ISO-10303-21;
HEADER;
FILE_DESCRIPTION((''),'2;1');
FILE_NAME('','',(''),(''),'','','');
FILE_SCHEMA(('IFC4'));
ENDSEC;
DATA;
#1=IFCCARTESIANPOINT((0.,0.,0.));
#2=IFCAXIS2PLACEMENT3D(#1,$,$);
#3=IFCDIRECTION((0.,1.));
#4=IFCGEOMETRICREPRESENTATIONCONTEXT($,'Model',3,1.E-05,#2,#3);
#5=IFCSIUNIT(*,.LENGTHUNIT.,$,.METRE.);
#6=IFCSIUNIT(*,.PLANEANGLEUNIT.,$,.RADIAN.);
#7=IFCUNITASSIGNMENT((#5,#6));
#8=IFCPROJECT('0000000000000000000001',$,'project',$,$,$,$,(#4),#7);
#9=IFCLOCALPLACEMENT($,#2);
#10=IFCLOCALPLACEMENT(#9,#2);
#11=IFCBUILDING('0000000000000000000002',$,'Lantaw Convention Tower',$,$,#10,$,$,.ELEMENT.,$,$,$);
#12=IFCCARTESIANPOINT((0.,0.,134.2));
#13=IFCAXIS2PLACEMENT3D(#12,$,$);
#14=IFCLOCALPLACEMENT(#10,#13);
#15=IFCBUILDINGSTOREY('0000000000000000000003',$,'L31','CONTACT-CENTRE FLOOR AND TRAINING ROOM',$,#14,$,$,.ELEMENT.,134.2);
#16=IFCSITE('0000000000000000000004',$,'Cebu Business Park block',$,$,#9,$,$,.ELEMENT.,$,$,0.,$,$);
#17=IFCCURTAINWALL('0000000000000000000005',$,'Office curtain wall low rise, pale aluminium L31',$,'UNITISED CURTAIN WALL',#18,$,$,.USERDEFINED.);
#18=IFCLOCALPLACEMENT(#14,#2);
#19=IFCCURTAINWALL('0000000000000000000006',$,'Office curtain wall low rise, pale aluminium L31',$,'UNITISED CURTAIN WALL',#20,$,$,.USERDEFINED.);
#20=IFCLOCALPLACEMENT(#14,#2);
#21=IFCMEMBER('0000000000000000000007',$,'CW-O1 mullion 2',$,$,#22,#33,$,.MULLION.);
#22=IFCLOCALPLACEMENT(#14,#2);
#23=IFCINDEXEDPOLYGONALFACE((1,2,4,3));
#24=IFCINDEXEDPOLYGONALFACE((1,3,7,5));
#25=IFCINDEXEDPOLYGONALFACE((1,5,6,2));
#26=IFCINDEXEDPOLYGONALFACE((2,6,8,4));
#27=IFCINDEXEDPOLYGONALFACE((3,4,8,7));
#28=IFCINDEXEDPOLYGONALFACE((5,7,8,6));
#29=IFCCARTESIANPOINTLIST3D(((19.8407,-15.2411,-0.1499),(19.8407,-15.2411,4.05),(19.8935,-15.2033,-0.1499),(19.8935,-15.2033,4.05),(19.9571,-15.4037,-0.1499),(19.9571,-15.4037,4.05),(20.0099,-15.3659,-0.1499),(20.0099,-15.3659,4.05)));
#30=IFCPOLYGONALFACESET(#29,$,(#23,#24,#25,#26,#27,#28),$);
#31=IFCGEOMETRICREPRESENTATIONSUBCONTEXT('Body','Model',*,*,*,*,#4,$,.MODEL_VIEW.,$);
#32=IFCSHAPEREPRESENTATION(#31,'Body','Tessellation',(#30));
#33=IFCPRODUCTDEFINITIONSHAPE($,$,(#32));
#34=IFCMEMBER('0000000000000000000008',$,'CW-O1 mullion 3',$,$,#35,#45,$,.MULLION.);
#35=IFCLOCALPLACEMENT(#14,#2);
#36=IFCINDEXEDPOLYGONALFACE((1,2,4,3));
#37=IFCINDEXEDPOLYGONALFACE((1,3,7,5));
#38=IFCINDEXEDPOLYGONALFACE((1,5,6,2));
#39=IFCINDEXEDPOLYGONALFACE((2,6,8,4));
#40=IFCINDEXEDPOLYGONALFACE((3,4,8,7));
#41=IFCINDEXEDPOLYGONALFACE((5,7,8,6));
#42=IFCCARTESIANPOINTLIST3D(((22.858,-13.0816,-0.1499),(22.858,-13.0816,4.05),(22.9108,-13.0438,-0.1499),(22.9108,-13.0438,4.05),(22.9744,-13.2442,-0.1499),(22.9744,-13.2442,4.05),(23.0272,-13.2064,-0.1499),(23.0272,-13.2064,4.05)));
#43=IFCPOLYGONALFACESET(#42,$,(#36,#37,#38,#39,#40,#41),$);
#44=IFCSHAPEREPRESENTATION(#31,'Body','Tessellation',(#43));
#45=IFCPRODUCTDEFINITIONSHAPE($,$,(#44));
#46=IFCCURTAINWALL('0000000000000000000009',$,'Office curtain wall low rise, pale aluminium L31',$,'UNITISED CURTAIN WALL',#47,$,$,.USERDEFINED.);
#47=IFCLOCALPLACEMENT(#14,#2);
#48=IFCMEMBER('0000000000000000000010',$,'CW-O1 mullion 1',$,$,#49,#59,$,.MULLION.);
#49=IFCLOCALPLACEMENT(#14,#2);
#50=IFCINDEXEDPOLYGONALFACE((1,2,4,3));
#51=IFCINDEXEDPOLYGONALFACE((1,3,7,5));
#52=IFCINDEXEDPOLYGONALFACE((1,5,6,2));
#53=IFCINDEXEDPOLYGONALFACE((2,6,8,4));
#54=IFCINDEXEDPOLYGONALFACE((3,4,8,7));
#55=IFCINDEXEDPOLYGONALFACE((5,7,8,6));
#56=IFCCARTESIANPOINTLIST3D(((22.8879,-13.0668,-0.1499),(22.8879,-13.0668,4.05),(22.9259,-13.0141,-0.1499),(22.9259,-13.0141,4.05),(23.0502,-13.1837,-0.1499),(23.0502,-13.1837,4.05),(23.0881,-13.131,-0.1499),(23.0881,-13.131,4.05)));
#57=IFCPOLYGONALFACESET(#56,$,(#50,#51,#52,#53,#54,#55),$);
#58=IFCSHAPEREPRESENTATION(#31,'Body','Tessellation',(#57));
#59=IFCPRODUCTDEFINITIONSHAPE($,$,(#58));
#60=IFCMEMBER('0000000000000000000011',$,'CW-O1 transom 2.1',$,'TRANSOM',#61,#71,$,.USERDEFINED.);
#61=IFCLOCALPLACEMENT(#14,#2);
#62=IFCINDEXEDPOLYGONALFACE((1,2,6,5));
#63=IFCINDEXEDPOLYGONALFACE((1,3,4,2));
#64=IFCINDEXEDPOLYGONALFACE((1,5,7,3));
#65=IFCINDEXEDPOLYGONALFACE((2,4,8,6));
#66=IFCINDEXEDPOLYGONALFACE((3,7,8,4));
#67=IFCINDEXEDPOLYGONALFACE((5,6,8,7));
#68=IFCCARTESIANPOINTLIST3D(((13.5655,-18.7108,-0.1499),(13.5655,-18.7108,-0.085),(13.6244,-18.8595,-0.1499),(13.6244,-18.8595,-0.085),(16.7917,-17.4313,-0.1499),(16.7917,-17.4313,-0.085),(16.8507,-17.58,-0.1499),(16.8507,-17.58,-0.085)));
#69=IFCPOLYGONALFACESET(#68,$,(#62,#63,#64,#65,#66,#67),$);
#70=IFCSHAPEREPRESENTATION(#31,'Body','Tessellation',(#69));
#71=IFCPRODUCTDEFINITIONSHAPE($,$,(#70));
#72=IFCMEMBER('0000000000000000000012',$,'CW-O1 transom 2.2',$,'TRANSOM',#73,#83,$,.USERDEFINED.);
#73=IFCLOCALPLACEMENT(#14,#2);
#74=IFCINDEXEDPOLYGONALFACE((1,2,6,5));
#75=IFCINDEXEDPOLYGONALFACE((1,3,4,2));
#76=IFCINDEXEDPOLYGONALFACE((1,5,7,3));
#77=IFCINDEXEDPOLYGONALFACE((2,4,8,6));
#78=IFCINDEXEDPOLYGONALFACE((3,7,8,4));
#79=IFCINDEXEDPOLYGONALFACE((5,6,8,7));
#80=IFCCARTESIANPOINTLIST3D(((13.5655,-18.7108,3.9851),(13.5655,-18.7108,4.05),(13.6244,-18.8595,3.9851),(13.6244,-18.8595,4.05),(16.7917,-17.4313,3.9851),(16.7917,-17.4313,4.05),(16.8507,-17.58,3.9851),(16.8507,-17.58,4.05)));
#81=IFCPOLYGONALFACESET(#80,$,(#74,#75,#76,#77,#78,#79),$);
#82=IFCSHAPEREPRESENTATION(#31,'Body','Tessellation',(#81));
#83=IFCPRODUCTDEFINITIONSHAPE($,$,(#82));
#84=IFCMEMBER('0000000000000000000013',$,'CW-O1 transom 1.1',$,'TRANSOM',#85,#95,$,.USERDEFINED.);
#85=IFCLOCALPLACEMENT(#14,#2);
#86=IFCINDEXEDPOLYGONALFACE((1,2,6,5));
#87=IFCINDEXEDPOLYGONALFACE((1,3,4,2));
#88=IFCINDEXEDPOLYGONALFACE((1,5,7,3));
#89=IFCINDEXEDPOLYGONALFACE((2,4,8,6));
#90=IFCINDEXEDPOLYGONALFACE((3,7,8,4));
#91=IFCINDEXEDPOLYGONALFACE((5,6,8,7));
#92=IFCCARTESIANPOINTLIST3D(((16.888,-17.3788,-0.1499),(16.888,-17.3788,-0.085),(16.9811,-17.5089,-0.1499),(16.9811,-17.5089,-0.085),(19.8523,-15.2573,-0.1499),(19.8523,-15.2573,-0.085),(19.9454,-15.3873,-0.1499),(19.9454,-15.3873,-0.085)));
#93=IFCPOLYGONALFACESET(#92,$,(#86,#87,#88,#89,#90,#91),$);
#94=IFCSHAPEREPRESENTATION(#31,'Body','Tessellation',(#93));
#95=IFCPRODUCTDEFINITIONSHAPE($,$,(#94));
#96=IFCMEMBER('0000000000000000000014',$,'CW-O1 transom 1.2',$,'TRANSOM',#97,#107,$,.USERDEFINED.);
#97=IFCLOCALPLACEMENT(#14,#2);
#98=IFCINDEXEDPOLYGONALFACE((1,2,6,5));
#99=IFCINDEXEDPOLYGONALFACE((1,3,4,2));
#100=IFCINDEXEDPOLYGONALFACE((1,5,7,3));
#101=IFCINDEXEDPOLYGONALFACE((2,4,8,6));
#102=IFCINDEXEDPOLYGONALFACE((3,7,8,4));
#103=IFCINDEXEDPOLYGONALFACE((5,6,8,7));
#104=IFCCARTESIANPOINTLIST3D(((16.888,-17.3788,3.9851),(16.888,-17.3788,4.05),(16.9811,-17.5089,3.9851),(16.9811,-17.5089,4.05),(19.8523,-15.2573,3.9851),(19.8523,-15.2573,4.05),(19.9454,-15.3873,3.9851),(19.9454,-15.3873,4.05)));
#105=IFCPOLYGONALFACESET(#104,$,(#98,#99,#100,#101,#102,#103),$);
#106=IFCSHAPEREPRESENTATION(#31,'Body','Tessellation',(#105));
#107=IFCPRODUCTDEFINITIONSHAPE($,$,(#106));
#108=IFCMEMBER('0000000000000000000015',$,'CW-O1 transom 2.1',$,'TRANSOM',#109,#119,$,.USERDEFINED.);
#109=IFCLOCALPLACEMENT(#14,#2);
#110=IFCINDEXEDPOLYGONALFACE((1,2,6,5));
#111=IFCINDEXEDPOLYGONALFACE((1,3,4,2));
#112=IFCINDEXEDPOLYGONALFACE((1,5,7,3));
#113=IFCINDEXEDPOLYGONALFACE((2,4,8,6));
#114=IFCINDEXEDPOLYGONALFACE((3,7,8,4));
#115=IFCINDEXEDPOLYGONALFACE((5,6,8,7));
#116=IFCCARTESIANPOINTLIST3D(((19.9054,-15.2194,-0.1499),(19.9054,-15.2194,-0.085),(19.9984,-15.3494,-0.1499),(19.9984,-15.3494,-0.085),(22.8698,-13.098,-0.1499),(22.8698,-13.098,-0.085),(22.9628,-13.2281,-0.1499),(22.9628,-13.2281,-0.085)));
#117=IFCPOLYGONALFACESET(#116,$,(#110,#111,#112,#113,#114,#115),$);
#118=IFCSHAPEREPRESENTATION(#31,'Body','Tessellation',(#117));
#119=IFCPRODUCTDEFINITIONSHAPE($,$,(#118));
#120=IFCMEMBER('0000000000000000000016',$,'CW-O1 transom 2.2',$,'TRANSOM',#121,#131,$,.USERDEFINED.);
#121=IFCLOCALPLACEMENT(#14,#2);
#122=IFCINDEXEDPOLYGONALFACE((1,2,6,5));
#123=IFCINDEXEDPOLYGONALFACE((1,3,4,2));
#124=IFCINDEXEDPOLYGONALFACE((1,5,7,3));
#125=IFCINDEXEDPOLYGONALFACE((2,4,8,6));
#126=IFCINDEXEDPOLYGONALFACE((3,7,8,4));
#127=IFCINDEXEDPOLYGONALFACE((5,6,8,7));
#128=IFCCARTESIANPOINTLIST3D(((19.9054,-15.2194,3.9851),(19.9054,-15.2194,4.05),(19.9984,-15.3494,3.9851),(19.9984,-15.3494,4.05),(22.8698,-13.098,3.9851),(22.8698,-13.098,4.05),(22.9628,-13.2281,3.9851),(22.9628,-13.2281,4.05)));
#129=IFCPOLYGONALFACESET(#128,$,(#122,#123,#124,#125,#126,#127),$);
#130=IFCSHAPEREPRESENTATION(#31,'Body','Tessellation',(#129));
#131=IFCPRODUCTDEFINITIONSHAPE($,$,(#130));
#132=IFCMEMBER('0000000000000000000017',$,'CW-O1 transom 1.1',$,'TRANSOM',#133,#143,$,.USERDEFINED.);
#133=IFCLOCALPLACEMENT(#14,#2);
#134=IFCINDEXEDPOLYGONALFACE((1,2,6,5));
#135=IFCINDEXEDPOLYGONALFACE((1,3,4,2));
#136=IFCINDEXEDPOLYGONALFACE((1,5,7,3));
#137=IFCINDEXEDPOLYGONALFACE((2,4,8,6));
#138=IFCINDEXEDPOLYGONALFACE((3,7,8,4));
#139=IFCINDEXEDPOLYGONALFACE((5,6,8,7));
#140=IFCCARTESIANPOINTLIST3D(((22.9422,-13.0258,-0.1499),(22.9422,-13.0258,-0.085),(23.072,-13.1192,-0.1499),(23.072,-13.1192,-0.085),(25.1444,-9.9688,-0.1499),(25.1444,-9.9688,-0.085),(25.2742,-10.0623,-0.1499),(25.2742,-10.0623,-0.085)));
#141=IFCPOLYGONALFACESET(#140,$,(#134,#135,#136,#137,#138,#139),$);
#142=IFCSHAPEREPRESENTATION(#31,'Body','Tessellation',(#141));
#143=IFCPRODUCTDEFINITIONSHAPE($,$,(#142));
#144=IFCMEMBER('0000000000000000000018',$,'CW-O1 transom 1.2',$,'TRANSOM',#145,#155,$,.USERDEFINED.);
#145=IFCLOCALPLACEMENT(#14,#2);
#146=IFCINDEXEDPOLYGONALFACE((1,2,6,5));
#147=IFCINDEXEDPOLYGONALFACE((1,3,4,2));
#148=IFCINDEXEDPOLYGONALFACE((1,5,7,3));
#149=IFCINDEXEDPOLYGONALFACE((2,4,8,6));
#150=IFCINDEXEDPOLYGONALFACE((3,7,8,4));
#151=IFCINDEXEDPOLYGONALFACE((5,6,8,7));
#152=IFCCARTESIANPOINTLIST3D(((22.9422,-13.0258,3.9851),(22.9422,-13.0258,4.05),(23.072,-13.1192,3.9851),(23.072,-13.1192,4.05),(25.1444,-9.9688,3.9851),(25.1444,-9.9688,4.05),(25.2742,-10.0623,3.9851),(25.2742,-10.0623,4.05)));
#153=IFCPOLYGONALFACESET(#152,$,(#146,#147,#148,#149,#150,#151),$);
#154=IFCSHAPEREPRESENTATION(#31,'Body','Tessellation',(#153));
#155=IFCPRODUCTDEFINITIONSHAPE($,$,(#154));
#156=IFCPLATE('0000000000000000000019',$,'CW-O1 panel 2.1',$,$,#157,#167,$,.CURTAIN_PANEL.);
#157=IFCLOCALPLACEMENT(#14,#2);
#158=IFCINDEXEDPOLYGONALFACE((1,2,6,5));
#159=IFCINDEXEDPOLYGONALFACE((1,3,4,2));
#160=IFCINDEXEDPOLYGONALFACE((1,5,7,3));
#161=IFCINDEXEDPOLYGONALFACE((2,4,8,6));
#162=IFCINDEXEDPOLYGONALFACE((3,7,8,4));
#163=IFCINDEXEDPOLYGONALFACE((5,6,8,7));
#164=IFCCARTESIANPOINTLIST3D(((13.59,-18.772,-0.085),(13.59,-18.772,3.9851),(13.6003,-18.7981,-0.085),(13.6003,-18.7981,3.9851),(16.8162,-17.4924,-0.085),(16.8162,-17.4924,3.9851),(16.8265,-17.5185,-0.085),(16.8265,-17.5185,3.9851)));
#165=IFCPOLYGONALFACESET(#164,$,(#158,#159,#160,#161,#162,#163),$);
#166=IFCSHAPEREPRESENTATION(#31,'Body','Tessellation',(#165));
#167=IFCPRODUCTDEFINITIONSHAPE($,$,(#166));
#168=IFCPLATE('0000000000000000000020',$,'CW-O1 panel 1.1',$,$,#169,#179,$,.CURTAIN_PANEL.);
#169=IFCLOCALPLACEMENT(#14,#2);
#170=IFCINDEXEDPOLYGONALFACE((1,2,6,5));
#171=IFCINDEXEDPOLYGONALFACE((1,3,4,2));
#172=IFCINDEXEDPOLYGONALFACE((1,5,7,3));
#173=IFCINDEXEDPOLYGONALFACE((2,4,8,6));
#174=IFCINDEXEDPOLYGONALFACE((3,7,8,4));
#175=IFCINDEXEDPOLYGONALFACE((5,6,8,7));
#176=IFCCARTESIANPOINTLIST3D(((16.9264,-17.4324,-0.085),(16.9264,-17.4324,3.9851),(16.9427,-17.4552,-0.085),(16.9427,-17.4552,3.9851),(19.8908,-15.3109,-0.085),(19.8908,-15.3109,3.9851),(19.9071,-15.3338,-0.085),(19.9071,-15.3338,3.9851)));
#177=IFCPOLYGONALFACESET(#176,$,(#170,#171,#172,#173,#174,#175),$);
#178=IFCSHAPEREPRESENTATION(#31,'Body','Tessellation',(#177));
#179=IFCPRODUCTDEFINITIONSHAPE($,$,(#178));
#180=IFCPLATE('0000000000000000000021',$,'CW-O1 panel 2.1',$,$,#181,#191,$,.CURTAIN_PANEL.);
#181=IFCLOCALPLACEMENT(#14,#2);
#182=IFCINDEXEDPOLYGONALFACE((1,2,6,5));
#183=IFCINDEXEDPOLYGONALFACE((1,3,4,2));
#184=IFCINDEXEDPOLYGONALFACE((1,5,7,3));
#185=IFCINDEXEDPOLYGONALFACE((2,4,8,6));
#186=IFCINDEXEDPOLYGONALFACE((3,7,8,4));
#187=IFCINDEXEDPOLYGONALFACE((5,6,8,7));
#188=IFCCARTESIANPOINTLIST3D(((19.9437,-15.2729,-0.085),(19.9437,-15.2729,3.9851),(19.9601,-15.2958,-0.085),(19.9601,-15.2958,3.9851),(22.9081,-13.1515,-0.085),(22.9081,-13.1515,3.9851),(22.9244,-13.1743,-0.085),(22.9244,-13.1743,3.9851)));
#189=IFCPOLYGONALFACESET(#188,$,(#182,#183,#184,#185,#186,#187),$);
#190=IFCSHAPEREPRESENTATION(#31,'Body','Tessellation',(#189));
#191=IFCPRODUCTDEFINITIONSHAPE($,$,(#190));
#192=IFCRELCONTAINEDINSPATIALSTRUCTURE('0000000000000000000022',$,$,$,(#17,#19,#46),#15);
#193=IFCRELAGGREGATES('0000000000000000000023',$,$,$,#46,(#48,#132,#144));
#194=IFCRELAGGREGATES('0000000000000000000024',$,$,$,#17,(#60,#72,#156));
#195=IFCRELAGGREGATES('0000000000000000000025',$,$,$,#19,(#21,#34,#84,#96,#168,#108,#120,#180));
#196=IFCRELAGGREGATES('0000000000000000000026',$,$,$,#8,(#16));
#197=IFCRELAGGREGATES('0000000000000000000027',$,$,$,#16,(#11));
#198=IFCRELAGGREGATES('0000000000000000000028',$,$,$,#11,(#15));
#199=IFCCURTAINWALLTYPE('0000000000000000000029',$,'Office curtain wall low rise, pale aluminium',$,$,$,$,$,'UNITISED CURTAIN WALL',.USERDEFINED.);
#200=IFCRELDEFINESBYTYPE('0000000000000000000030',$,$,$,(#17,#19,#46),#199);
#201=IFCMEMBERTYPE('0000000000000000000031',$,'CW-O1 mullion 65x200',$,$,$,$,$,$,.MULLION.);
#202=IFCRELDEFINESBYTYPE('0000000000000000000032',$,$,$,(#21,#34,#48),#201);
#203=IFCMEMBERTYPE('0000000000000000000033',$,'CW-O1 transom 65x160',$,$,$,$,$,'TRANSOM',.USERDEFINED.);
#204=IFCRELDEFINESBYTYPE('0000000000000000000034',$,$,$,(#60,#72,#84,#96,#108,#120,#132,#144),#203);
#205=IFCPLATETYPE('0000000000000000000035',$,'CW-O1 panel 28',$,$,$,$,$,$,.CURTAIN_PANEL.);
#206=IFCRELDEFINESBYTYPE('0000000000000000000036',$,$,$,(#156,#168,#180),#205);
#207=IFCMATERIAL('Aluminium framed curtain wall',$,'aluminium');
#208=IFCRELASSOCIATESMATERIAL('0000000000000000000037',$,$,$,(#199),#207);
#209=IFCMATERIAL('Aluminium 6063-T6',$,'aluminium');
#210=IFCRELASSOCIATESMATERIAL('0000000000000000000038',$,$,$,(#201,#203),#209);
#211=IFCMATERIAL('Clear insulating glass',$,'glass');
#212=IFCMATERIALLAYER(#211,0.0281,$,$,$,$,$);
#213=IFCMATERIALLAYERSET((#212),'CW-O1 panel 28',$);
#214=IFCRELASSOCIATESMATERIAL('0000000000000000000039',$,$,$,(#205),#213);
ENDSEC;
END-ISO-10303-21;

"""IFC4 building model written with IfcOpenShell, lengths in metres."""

from ifc_helpers import new_model, si_unit, direction, frame, origin, origin_2d, place, context, subcontext, project, spatial, rectangle, extrude, material, layer, layer_set, material_profile, profile_set, type_object, element, aggregate, save


model = new_model("IFC4")

# Units and contexts
model_context = context("Model", 3, precision=1e-05, world=origin(), true_north=direction((0.0, 1.0)))
body_context = subcontext(model_context, "Body", "Model", "MODEL_VIEW")
ifc_project = project(units=[si_unit("LENGTHUNIT", "METRE"), si_unit("PLANEANGLEUNIT", "RADIAN")], contexts=[model_context])

# Site, building, storey
site_placement = place(None, origin())
site = spatial("IfcSite", under=ifc_project, at=site_placement, Name="Cebu Business Park block", CompositionType="ELEMENT", RefElevation=0.0)
building_placement = place(site_placement, origin())
building = spatial("IfcBuilding", under=site, at=building_placement, Name="Lantaw Convention Tower", CompositionType="ELEMENT")
storey_placement = place(building_placement, frame((0.0, 0.0, 134.2)))
storey = spatial("IfcBuildingStorey", under=building, at=storey_placement, Name="L31", Description="CONTACT-CENTRE FLOOR AND TRAINING ROOM", CompositionType="ELEMENT", Elevation=134.2)

# Curtain walls, members
ifc_material_1 = material(Name="Aluminium framed curtain wall", Category="aluminium")
curtain_wall_type = type_object("IfcCurtainWallType", Name="Office curtain wall low rise, pale aluminium", ElementType="UNITISED CURTAIN WALL", PredefinedType="USERDEFINED", material=ifc_material_1)
curtain_wall_1_placement = place(storey_placement, origin())
curtain_wall_1 = element("IfcCurtainWall", 1, at=curtain_wall_1_placement, inside=storey, type_object=curtain_wall_type, Name="Office curtain wall low rise, pale aluminium L31", ObjectType="UNITISED CURTAIN WALL", PredefinedType="USERDEFINED")
ifc_material_2 = material(Name="Aluminium 6063-T6", Category="aluminium")
ifc_material_profile_1 = material_profile(ifc_material_2, rectangle(XDim=0.2, YDim=0.0649, at=origin_2d()), Name="CW-O1 mullion 65x200")
ifc_profile_set_1 = profile_set([ifc_material_profile_1], Name="Aluminium 6063-T6")
member_type_1 = type_object("IfcMemberType", Name="CW-O1 mullion 65x200", PredefinedType="MULLION", material=ifc_profile_set_1)
curtain_wall_2_placement = place(storey_placement, origin())
curtain_wall_2 = element("IfcCurtainWall", 2, at=curtain_wall_2_placement, inside=storey, type_object=curtain_wall_type, Name="Office curtain wall low rise, pale aluminium L31", ObjectType="UNITISED CURTAIN WALL", PredefinedType="USERDEFINED")
member_1_placement = place(storey_placement, frame((19.9253, -15.3035, -0.1499), z_axis=(0.0, 0.0, 1.0), x_axis=(-0.581973, 0.813208, 0.0)))
member_1 = element("IfcMember", 3, at=member_1_placement, type_object=member_type_1, Name="CW-O1 mullion 2", PredefinedType="MULLION", context=body_context, shape_type="SweptSolid", body=[
    extrude(rectangle(XDim=0.2, YDim=0.0649, at=origin_2d()), origin(), (0.0, 0.0, 1.0), 4.2),
])
member_2_placement = place(storey_placement, frame((22.9426, -13.144, -0.1499), z_axis=(0.0, 0.0, 1.0), x_axis=(-0.581973, 0.813208, 0.0)))
member_2 = element("IfcMember", 4, at=member_2_placement, type_object=member_type_1, Name="CW-O1 mullion 3", PredefinedType="MULLION", context=body_context, shape_type="SweptSolid", body=[
    extrude(rectangle(XDim=0.2, YDim=0.0649, at=origin_2d()), origin(), (0.0, 0.0, 1.0), 4.2),
])

# Curtain wall, member
curtain_wall_3_placement = place(storey_placement, origin())
curtain_wall_3 = element("IfcCurtainWall", 5, at=curtain_wall_3_placement, inside=storey, type_object=curtain_wall_type, Name="Office curtain wall low rise, pale aluminium L31", ObjectType="UNITISED CURTAIN WALL", PredefinedType="USERDEFINED")
member_3_placement = place(storey_placement, frame((22.988, -13.0989, -0.1499), z_axis=(0.0, 0.0, 1.0), x_axis=(-0.811385, 0.584513, 0.0)))
member_3 = element("IfcMember", 6, at=member_3_placement, type_object=member_type_1, Name="CW-O1 mullion 1", PredefinedType="MULLION", context=body_context, shape_type="SweptSolid", body=[
    extrude(rectangle(XDim=0.2, YDim=0.0649, at=origin_2d()), origin(), (0.0, 0.0, 1.0), 4.2),
])

# Members
ifc_material_profile_2 = material_profile(ifc_material_2, rectangle(XDim=0.1599, YDim=0.0649, at=origin_2d()), Name="CW-O1 transom 65x160")
ifc_profile_set_2 = profile_set([ifc_material_profile_2], Name="Aluminium 6063-T6")
member_type_2 = type_object("IfcMemberType", Name="CW-O1 transom 65x160", ElementType="TRANSOM", PredefinedType="USERDEFINED", material=ifc_profile_set_2)
member_4_placement = place(storey_placement, frame((13.595, -18.7852, -0.1174), z_axis=(0.929564, 0.36866, 0.0), x_axis=(-0.36866, 0.929564, 0.0)))
member_4 = element("IfcMember", 7, at=member_4_placement, type_object=member_type_2, Name="CW-O1 transom 2.1", ObjectType="TRANSOM", PredefinedType="USERDEFINED", context=body_context, shape_type="SweptSolid", body=[
    extrude(rectangle(XDim=0.1599, YDim=0.0649, at=origin_2d()), origin(), (0.0, 0.0, 1.0), 3.4707),
])
member_5_placement = place(storey_placement, frame((13.595, -18.7852, 4.0176), z_axis=(0.929564, 0.36866, 0.0), x_axis=(-0.36866, 0.929564, 0.0)))
member_5 = element("IfcMember", 8, at=member_5_placement, type_object=member_type_2, Name="CW-O1 transom 2.2", ObjectType="TRANSOM", PredefinedType="USERDEFINED", context=body_context, shape_type="SweptSolid", body=[
    extrude(rectangle(XDim=0.1599, YDim=0.0649, at=origin_2d()), origin(), (0.0, 0.0, 1.0), 3.4707),
])
member_6_placement = place(storey_placement, frame((16.9346, -17.4438, -0.1174), z_axis=(0.81319, 0.581998, 0.0), x_axis=(-0.581998, 0.81319, 0.0)))
member_6 = element("IfcMember", 9, at=member_6_placement, type_object=member_type_2, Name="CW-O1 transom 1.1", ObjectType="TRANSOM", PredefinedType="USERDEFINED", context=body_context, shape_type="SweptSolid", body=[
    extrude(rectangle(XDim=0.1599, YDim=0.0649, at=origin_2d()), origin(), (0.0, 0.0, 1.0), 3.6453),
])
member_7_placement = place(storey_placement, frame((16.9346, -17.4438, 4.0176), z_axis=(0.81319, 0.581998, 0.0), x_axis=(-0.581998, 0.81319, 0.0)))
member_7 = element("IfcMember", 10, at=member_7_placement, type_object=member_type_2, Name="CW-O1 transom 1.2", ObjectType="TRANSOM", PredefinedType="USERDEFINED", context=body_context, shape_type="SweptSolid", body=[
    extrude(rectangle(XDim=0.1599, YDim=0.0649, at=origin_2d()), origin(), (0.0, 0.0, 1.0), 3.6453),
])
member_8_placement = place(storey_placement, frame((19.9519, -15.2844, -0.1174), z_axis=(0.813222, 0.581954, 0.0), x_axis=(-0.581954, 0.813222, 0.0)))
member_8 = element("IfcMember", 11, at=member_8_placement, type_object=member_type_2, Name="CW-O1 transom 2.1", ObjectType="TRANSOM", PredefinedType="USERDEFINED", context=body_context, shape_type="SweptSolid", body=[
    extrude(rectangle(XDim=0.1599, YDim=0.0649, at=origin_2d()), origin(), (0.0, 0.0, 1.0), 3.6453),
])
member_9_placement = place(storey_placement, frame((19.9519, -15.2844, 4.0176), z_axis=(0.813222, 0.581954, 0.0), x_axis=(-0.581954, 0.813222, 0.0)))
member_9 = element("IfcMember", 12, at=member_9_placement, type_object=member_type_2, Name="CW-O1 transom 2.2", ObjectType="TRANSOM", PredefinedType="USERDEFINED", context=body_context, shape_type="SweptSolid", body=[
    extrude(rectangle(XDim=0.1599, YDim=0.0649, at=origin_2d()), origin(), (0.0, 0.0, 1.0), 3.6453),
])
member_10_placement = place(storey_placement, frame((23.0071, -13.0725, -0.1174), z_axis=(0.584513, 0.811384, 0.0), x_axis=(-0.811384, 0.584513, 0.0)))
member_10 = element("IfcMember", 13, at=member_10_placement, type_object=member_type_2, Name="CW-O1 transom 1.1", ObjectType="TRANSOM", PredefinedType="USERDEFINED", context=body_context, shape_type="SweptSolid", body=[
    extrude(rectangle(XDim=0.1599, YDim=0.0649, at=origin_2d()), origin(), (0.0, 0.0, 1.0), 3.7676),
])
member_11_placement = place(storey_placement, frame((23.0071, -13.0725, 4.0176), z_axis=(0.584513, 0.811384, 0.0), x_axis=(-0.811384, 0.584513, 0.0)))
member_11 = element("IfcMember", 14, at=member_11_placement, type_object=member_type_2, Name="CW-O1 transom 1.2", ObjectType="TRANSOM", PredefinedType="USERDEFINED", context=body_context, shape_type="SweptSolid", body=[
    extrude(rectangle(XDim=0.1599, YDim=0.0649, at=origin_2d()), origin(), (0.0, 0.0, 1.0), 3.7676),
])
aggregate(curtain_wall_3, [member_3, member_10, member_11])

# Plates
ifc_material_3 = material(Name="Clear insulating glass", Category="glass")
ifc_layer_1 = layer(ifc_material_3, 0.0281)
ifc_layer_set_1 = layer_set([ifc_layer_1], Name="CW-O1 panel 28")
plate_type_1 = type_object("IfcPlateType", Name="CW-O1 panel 28", PredefinedType="CURTAIN_PANEL", material=ifc_layer_set_1)
plate_1_placement = place(storey_placement, frame((15.2083, -18.1453, -0.085), z_axis=(0.0, 0.0, 1.0), x_axis=(0.929548, 0.368702, 0.0)))
plate_1 = element("IfcPlate", 15, at=plate_1_placement, type_object=plate_type_1, Name="CW-O1 panel 2.1", PredefinedType="CURTAIN_PANEL", context=body_context, shape_type="SweptSolid", body=[
    extrude(rectangle(XDim=3.4707, YDim=0.0281, at=origin_2d()), origin(), (0.0, 0.0, 1.0), 4.0701),
])
aggregate(curtain_wall_1, [member_4, member_5, plate_1])
plate_2_placement = place(storey_placement, frame((18.4167, -16.3831, -0.085), z_axis=(0.0, 0.0, 1.0), x_axis=(0.813208, 0.581973, 0.0)))
plate_2 = element("IfcPlate", 16, at=plate_2_placement, type_object=plate_type_1, Name="CW-O1 panel 1.1", PredefinedType="CURTAIN_PANEL", context=body_context, shape_type="SweptSolid", body=[
    extrude(rectangle(XDim=3.6453, YDim=0.0281, at=origin_2d()), origin(), (0.0, 0.0, 1.0), 4.0701),
])
plate_3_placement = place(storey_placement, frame((21.4341, -14.2236, -0.085), z_axis=(0.0, 0.0, 1.0), x_axis=(0.813208, 0.581973, 0.0)))
plate_3 = element("IfcPlate", 17, at=plate_3_placement, type_object=plate_type_1, Name="CW-O1 panel 2.1", PredefinedType="CURTAIN_PANEL", context=body_context, shape_type="SweptSolid", body=[
    extrude(rectangle(XDim=3.6453, YDim=0.0281, at=origin_2d()), origin(), (0.0, 0.0, 1.0), 4.0701),
])
aggregate(curtain_wall_2, [member_1, member_2, member_6, member_7, plate_2, member_8, member_9, plate_3])

save(model, "model.ifc")
